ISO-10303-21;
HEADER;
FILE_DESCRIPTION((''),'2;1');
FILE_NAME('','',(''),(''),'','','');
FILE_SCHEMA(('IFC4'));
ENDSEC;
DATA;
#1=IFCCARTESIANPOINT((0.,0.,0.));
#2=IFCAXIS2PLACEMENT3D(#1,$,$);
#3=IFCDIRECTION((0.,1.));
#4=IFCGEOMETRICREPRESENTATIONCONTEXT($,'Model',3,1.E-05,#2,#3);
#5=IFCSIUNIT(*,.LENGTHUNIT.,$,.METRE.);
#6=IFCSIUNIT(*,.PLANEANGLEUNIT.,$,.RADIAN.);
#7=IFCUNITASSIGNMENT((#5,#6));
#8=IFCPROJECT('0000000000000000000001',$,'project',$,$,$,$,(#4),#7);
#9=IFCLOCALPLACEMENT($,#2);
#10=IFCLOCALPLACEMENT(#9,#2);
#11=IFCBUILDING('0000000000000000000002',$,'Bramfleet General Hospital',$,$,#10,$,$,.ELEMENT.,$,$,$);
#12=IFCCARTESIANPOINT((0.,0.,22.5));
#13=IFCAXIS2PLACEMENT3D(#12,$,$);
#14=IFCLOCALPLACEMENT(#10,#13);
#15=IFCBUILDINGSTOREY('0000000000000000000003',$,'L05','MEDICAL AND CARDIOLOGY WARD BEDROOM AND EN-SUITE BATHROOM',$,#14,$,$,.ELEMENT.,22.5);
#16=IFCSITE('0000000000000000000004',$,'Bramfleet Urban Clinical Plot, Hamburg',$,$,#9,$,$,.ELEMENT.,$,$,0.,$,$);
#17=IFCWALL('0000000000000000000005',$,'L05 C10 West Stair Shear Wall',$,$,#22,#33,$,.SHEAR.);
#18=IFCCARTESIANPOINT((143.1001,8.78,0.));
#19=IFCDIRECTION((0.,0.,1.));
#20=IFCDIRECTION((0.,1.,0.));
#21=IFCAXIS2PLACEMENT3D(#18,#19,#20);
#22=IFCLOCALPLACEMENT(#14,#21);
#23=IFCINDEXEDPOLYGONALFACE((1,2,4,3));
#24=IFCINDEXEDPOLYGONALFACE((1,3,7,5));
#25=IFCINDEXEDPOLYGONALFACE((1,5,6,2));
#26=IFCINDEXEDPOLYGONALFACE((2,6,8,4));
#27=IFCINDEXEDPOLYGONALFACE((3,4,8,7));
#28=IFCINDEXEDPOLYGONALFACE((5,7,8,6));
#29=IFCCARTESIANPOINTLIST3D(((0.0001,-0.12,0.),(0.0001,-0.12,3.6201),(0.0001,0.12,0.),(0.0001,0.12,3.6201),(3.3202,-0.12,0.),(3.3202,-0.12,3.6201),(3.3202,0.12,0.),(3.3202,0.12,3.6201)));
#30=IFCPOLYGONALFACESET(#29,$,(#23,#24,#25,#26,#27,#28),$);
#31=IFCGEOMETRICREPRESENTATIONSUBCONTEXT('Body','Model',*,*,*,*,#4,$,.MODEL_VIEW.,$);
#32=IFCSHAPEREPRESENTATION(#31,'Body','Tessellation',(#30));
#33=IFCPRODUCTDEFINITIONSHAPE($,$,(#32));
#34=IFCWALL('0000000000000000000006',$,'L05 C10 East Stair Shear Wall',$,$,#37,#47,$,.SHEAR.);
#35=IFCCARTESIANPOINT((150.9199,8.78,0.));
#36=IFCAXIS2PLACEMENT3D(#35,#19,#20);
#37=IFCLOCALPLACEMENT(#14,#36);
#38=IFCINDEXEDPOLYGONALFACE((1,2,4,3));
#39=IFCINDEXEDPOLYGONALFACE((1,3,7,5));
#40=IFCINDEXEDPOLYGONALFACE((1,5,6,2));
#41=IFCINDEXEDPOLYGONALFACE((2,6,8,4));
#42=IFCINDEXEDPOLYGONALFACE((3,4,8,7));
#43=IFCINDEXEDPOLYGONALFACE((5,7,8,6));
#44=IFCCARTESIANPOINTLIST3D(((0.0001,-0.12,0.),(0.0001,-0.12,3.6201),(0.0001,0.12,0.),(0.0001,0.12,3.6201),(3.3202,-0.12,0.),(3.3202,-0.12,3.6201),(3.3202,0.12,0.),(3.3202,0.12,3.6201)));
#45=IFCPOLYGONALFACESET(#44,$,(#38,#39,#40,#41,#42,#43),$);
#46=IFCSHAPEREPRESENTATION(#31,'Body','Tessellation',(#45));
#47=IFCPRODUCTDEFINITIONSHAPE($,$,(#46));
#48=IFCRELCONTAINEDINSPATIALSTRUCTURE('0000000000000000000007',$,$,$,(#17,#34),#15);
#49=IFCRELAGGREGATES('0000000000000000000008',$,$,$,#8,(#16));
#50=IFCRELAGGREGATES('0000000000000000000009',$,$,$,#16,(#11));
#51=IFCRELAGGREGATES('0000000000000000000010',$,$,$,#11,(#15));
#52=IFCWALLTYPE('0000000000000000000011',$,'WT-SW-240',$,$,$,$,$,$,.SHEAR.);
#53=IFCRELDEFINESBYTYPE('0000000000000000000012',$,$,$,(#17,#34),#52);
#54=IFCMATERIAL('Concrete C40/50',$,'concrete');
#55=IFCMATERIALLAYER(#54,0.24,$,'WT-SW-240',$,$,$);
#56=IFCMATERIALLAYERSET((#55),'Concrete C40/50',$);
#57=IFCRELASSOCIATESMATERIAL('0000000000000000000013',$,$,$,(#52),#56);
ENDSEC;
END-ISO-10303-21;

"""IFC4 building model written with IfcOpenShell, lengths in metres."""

from ifc_helpers import new_model, si_unit, direction, frame, frame_2d, origin, place, context, subcontext, project, spatial, rectangle, extrude, material, layer, layer_set, type_object, element, save


model = new_model("IFC4")

# Units and contexts
model_context = context("Model", 3, precision=1e-05, world=origin(), true_north=direction((0.0, 1.0)))
body_context = subcontext(model_context, "Body", "Model", "MODEL_VIEW")
ifc_project = project(units=[si_unit("LENGTHUNIT", "METRE"), si_unit("PLANEANGLEUNIT", "RADIAN")], contexts=[model_context])

# Site, building, storey
site_placement = place(None, origin())
site = spatial("IfcSite", under=ifc_project, at=site_placement, Name="Bramfleet Urban Clinical Plot, Hamburg", CompositionType="ELEMENT", RefElevation=0.0)
building_placement = place(site_placement, origin())
building = spatial("IfcBuilding", under=site, at=building_placement, Name="Bramfleet General Hospital", CompositionType="ELEMENT")
storey_placement = place(building_placement, frame((0.0, 0.0, 22.5)))
storey = spatial("IfcBuildingStorey", under=building, at=storey_placement, Name="L05", Description="MEDICAL AND CARDIOLOGY WARD BEDROOM AND EN-SUITE BATHROOM", CompositionType="ELEMENT", Elevation=22.5)

# Shared definitions
ifc_material_1 = material(Name="Concrete C40/50", Category="concrete")

# Walls
ifc_layer_1 = layer(ifc_material_1, 0.24, Name="WT-SW-240")
ifc_layer_set_1 = layer_set([ifc_layer_1], Name="Concrete C40/50")
wall_type_1 = type_object("IfcWallType", Name="WT-SW-240", PredefinedType="SHEAR", material=ifc_layer_set_1)
for number, where, z_axis, x_axis, name in (
    (1, (143.1001, 8.78, 0.0), (0.0, 0.0, 1.0), (0.0, 1.0, 0.0), "L05 C10 West Stair Shear Wall"),
    (2, (150.9199, 8.78, 0.0), (0.0, 0.0, 1.0), (0.0, 1.0, 0.0), "L05 C10 East Stair Shear Wall"),
):
    element("IfcWall", number, at=place(storey_placement, frame(where, z_axis=z_axis, x_axis=x_axis)), inside=storey, type_object=wall_type_1, Name=name, PredefinedType="SHEAR", context=body_context, shape_type="SweptSolid", body=[
        extrude(rectangle(XDim=3.3201, YDim=0.24, at=frame_2d((1.6602, 0.0))), origin(), (0.0, 0.0, 1.0), 3.6201),
    ])

save(model, "model.ifc")
